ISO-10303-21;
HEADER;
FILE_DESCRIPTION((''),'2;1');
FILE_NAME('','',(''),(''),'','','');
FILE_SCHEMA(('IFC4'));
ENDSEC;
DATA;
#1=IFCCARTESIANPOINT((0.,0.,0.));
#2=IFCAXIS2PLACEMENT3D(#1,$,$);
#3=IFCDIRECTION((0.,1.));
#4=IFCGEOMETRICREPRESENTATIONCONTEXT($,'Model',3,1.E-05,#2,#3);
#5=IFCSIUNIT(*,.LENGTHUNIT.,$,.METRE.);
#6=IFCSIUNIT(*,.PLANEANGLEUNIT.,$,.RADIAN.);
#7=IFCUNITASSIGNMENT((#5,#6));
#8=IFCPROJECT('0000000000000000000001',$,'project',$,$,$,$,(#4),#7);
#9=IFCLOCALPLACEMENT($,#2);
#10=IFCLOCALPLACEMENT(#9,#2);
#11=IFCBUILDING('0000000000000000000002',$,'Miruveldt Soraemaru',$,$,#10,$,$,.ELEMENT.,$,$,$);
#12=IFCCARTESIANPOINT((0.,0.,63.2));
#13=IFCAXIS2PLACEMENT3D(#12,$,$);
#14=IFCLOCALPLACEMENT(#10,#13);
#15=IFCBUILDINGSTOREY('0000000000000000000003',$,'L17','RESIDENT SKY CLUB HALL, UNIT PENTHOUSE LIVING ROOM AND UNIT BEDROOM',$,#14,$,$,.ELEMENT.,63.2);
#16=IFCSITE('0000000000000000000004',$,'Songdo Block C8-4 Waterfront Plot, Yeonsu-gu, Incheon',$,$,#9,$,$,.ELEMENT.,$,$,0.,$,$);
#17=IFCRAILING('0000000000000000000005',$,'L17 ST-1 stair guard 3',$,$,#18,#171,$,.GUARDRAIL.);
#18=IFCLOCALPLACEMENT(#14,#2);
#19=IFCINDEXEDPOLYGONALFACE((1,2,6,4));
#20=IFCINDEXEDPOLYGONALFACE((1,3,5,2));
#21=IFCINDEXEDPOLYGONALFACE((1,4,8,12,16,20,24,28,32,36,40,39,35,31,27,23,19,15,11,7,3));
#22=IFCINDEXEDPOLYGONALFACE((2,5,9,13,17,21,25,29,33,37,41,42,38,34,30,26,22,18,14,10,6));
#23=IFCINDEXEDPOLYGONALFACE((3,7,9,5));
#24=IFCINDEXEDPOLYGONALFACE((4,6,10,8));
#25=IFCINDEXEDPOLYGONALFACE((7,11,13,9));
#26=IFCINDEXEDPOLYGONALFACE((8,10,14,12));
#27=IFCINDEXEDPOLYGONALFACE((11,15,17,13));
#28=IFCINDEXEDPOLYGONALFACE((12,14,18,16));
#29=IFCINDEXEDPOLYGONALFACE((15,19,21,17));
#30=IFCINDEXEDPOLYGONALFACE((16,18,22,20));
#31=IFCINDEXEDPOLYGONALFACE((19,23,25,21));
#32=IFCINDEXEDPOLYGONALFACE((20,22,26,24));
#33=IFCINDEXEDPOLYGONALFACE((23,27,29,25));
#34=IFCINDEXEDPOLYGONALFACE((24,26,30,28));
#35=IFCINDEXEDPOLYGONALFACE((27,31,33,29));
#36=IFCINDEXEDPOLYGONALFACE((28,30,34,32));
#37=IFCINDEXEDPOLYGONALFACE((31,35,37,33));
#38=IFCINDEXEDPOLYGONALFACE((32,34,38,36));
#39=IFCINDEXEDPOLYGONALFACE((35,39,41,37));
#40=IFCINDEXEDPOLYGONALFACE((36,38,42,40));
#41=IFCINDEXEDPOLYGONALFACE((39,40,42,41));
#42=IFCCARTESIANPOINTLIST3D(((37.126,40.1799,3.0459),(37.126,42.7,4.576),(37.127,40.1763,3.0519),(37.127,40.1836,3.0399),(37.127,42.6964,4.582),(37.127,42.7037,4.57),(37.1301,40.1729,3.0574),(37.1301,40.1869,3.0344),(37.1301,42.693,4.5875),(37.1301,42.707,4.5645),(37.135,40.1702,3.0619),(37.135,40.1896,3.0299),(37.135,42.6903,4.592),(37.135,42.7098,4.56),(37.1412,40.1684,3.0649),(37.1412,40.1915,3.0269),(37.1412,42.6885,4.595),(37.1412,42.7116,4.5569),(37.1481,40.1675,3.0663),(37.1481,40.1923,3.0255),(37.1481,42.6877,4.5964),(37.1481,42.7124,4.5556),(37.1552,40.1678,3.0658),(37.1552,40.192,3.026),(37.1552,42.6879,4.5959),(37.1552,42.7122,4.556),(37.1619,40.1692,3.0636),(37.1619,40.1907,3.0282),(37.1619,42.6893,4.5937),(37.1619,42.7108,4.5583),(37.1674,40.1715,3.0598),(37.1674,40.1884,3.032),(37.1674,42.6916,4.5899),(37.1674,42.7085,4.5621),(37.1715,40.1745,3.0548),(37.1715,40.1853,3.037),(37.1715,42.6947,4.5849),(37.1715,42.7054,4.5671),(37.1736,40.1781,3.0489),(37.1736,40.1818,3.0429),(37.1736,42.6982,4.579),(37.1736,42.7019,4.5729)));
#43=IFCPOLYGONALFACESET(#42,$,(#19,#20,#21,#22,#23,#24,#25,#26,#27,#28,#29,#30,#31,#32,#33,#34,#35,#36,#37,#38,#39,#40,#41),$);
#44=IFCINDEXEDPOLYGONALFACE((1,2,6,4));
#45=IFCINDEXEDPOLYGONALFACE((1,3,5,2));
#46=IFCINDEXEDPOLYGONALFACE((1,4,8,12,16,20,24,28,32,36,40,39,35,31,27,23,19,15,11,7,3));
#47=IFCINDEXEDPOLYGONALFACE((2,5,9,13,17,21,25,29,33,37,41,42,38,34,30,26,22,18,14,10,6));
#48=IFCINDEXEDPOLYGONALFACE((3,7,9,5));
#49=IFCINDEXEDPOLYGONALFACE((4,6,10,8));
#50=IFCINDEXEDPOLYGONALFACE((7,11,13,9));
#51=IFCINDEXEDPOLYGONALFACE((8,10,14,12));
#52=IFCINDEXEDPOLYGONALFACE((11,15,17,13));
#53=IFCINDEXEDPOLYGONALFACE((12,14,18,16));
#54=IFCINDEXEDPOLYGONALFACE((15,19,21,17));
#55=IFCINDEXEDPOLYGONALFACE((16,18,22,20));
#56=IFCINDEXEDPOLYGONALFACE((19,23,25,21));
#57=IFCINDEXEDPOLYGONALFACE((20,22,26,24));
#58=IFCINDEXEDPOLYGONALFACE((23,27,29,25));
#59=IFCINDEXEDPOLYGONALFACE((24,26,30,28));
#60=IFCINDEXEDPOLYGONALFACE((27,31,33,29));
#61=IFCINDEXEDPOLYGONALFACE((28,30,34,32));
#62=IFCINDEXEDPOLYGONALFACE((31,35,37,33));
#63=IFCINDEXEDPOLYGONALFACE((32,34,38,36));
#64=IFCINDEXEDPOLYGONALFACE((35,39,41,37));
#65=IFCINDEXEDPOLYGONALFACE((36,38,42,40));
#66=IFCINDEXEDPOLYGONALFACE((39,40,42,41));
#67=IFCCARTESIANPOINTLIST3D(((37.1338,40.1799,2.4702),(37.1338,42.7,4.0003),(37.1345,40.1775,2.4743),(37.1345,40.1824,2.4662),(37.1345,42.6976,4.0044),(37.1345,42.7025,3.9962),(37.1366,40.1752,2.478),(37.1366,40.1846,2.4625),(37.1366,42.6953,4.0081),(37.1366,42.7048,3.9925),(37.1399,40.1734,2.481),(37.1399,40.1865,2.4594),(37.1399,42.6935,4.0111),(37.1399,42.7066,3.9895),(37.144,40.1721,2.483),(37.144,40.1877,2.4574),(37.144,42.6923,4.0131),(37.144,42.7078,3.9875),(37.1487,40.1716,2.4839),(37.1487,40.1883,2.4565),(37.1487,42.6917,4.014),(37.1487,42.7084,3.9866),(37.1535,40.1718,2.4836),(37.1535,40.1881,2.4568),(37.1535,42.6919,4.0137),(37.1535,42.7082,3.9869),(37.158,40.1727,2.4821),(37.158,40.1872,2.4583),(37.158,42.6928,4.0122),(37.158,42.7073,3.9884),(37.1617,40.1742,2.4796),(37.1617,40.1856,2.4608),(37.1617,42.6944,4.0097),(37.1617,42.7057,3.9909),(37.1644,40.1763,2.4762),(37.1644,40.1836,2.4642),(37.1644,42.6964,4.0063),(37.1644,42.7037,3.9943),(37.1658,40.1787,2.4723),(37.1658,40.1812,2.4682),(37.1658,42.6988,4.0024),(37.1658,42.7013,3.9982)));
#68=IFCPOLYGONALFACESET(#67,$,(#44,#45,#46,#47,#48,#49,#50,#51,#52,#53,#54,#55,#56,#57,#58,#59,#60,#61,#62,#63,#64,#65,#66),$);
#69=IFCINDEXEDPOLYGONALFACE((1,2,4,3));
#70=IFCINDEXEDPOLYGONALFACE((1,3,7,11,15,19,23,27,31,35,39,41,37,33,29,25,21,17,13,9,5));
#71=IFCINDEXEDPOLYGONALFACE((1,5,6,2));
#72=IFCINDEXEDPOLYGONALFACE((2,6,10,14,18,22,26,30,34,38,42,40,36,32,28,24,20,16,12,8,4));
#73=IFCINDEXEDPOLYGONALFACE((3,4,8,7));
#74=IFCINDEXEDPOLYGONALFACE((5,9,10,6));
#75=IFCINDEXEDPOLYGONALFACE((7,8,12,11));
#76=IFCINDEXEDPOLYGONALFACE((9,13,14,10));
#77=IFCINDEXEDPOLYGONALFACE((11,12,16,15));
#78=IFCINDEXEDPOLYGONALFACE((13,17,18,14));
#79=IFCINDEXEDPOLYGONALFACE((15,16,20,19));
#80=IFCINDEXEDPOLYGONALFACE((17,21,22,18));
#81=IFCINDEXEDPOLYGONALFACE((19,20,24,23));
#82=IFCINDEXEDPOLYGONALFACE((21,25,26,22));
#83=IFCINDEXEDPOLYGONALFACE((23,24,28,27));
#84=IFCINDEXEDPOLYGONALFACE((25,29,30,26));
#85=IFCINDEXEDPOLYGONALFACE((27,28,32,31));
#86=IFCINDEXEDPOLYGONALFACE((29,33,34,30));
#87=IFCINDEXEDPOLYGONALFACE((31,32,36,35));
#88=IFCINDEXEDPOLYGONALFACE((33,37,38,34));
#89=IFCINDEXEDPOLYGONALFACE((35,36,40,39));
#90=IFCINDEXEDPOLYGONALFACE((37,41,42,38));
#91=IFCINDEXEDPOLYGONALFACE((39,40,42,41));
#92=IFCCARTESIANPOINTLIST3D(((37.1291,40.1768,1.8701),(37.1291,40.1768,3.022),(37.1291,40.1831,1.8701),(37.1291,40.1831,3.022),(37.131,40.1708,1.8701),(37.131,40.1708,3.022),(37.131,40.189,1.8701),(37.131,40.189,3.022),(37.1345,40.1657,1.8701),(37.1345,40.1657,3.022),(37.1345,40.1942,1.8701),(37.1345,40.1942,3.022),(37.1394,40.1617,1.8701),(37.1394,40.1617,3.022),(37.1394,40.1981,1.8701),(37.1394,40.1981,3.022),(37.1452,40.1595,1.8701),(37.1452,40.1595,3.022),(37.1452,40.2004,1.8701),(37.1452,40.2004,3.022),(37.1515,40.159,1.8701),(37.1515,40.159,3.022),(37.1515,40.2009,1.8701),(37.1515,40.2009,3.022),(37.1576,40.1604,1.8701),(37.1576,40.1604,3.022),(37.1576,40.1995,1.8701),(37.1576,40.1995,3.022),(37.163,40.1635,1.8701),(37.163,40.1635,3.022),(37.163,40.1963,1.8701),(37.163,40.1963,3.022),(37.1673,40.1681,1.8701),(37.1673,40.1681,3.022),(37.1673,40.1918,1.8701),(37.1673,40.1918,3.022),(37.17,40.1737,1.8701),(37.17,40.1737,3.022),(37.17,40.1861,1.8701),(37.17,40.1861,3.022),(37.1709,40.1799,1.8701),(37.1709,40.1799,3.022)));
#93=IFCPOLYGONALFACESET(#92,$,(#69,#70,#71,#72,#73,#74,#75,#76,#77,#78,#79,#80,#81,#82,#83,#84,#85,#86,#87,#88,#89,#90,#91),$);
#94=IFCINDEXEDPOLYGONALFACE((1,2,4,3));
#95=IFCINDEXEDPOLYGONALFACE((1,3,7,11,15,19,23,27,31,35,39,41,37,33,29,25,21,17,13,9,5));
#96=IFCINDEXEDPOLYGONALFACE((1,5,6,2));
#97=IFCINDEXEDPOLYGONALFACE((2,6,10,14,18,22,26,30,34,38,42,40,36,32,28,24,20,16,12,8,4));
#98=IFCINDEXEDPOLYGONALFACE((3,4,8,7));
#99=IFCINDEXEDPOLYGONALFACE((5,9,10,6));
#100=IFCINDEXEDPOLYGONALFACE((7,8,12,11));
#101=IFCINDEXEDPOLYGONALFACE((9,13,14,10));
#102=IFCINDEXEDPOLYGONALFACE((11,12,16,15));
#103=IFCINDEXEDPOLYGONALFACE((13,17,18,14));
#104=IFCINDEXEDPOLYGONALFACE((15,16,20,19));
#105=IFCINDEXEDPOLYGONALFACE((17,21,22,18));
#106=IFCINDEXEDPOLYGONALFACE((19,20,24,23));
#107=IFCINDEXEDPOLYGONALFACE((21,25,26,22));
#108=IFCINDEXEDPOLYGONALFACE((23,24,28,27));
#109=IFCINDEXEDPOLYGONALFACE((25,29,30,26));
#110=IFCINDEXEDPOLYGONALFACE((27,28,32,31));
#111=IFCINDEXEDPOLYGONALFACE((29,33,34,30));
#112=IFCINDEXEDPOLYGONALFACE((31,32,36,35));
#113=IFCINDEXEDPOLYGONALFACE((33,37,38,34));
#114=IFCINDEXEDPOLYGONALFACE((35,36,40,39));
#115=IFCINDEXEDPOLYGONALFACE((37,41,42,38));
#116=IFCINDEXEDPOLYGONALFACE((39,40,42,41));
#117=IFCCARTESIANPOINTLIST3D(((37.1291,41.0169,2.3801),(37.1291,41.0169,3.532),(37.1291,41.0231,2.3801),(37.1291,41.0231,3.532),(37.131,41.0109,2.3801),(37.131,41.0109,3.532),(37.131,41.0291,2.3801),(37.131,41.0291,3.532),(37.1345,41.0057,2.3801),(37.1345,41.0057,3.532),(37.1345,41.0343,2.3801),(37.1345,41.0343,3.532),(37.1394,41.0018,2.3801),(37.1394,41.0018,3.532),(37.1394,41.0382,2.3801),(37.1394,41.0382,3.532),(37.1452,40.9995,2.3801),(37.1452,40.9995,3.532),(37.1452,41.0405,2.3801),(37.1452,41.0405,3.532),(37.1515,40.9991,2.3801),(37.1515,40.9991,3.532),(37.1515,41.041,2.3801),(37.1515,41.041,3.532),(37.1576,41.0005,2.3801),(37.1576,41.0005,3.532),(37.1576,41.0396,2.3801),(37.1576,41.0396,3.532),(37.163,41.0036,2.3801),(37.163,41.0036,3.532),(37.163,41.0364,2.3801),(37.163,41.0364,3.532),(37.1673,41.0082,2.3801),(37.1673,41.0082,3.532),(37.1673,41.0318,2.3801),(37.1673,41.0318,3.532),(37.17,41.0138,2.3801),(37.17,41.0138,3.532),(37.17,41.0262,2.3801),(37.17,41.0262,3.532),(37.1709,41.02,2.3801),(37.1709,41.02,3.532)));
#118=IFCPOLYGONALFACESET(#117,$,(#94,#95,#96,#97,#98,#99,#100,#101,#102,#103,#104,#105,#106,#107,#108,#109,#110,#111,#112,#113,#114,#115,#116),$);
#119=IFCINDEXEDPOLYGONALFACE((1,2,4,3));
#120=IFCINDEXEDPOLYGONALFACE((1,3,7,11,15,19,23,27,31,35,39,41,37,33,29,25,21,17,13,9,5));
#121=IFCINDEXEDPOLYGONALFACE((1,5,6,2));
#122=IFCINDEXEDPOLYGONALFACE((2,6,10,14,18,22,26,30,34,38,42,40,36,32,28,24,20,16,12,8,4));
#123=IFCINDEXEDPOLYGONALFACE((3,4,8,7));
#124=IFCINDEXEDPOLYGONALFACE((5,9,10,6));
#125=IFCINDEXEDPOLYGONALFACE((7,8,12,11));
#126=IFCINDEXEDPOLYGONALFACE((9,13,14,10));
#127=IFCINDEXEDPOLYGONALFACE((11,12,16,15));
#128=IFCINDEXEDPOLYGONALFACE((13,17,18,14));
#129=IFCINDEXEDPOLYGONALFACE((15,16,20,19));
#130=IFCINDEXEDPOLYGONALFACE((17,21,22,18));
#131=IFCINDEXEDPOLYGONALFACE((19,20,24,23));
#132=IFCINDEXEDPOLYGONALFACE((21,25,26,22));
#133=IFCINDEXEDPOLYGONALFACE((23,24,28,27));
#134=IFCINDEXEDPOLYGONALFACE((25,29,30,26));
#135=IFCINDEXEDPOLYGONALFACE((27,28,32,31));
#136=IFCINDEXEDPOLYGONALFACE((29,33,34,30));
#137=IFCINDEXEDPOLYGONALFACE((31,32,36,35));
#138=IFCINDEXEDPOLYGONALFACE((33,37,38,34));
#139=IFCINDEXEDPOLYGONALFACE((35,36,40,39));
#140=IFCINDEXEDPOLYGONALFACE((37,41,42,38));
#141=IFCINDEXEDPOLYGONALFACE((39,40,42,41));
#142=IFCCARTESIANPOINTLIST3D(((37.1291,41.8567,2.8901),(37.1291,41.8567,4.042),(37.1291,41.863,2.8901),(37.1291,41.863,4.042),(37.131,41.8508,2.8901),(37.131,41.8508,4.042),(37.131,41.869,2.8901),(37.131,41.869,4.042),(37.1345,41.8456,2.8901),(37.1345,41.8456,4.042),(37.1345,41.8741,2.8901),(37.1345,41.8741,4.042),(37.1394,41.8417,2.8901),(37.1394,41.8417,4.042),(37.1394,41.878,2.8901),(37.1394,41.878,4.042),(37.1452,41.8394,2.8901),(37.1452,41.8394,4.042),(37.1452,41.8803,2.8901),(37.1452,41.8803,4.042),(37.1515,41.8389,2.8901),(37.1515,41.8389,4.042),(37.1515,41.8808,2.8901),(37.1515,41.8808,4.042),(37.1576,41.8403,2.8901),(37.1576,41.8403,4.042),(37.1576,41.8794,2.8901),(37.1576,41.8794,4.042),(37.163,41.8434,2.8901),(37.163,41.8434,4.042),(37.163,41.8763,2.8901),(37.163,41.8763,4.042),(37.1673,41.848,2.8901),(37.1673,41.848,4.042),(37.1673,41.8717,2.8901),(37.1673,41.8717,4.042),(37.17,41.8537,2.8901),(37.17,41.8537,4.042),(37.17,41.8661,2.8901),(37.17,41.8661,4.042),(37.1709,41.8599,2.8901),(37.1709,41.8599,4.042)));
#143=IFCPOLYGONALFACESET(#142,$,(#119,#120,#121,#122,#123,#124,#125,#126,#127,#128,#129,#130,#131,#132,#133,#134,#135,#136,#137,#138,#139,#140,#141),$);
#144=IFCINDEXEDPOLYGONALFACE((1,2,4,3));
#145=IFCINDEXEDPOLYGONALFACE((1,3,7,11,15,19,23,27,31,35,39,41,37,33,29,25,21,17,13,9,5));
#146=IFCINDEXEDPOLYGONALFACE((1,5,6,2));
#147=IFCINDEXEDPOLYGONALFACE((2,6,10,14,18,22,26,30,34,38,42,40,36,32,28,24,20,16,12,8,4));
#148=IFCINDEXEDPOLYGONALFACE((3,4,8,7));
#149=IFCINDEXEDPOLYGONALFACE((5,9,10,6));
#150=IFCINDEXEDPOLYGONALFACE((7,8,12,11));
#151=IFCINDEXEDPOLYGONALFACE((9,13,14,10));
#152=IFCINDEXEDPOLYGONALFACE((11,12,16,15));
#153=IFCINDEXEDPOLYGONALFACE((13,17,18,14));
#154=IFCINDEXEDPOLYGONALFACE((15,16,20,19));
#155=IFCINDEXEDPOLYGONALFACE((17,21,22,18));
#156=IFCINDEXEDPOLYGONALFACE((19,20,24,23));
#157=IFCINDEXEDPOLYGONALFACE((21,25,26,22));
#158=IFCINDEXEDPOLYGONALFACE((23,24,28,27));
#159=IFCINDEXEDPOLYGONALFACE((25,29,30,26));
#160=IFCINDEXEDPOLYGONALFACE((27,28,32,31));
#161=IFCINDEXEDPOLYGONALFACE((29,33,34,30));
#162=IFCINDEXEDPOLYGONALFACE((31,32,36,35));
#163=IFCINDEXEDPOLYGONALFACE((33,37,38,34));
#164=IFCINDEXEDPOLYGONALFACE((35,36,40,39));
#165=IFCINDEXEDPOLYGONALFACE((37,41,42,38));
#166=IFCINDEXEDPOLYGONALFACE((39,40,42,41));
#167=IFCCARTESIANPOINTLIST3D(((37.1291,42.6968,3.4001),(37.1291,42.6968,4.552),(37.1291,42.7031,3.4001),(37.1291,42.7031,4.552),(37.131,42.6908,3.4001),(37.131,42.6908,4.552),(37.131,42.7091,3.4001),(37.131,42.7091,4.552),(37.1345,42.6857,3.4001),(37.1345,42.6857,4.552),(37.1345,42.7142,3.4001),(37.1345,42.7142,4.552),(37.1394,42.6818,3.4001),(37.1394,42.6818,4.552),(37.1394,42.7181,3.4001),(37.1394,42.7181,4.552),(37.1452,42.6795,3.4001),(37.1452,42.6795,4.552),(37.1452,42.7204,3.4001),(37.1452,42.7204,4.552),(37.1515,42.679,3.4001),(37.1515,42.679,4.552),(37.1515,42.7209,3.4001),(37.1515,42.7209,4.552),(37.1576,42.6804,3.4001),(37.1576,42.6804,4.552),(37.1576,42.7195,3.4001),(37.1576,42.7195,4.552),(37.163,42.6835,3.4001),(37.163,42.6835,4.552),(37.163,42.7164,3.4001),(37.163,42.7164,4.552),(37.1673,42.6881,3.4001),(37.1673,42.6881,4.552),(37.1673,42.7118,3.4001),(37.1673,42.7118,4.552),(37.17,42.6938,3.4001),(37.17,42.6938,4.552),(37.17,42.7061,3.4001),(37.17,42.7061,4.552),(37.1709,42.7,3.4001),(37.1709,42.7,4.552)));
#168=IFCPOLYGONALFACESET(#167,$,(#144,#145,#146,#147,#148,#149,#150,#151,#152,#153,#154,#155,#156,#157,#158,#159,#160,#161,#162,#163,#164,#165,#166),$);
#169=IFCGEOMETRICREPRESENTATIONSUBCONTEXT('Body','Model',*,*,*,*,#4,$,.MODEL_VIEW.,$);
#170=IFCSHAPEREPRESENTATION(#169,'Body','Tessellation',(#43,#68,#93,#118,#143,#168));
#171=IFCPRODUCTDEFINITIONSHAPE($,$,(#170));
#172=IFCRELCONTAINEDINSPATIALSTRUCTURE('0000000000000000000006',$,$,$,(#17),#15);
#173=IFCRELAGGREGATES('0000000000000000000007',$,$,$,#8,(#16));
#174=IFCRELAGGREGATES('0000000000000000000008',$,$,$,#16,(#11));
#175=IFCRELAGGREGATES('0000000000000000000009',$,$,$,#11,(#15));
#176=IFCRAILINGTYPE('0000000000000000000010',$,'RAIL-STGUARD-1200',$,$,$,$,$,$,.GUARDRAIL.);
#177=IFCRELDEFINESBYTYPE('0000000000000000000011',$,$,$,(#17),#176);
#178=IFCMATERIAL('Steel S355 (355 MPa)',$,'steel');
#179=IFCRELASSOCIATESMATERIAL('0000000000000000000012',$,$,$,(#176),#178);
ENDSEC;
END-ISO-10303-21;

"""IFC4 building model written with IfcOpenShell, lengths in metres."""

from ifc_helpers import new_model, si_unit, direction, frame, origin, origin_2d, place, context, subcontext, project, spatial, circle, extrude, material, type_object, element, save


model = new_model("IFC4")

# Units and contexts
model_context = context("Model", 3, precision=1e-05, world=origin(), true_north=direction((0.0, 1.0)))
body_context = subcontext(model_context, "Body", "Model", "MODEL_VIEW")
ifc_project = project(units=[si_unit("LENGTHUNIT", "METRE"), si_unit("PLANEANGLEUNIT", "RADIAN")], contexts=[model_context])

# Site, building, storey
site_placement = place(None, origin())
site = spatial("IfcSite", under=ifc_project, at=site_placement, Name="Songdo Block C8-4 Waterfront Plot, Yeonsu-gu, Incheon", CompositionType="ELEMENT", RefElevation=0.0)
building_placement = place(site_placement, origin())
building = spatial("IfcBuilding", under=site, at=building_placement, Name="Miruveldt Soraemaru", CompositionType="ELEMENT")
storey_placement = place(building_placement, frame((0.0, 0.0, 63.2)))
storey = spatial("IfcBuildingStorey", under=building, at=storey_placement, Name="L17", Description="RESIDENT SKY CLUB HALL, UNIT PENTHOUSE LIVING ROOM AND UNIT BEDROOM", CompositionType="ELEMENT", Elevation=63.2)

# Railing
ifc_material_1 = material(Name="Steel S355 (355 MPa)", Category="steel")
railing_type_1 = type_object("IfcRailingType", Name="RAIL-STGUARD-1200", PredefinedType="GUARDRAIL", material=ifc_material_1)
railing_1_placement = place(storey_placement, frame((37.1499, 40.1799, 1.8701)))
element("IfcRailing", 1, at=railing_1_placement, inside=storey, type_object=railing_type_1, Name="L17 ST-1 stair guard 3", PredefinedType="GUARDRAIL", context=body_context, shape_type="SweptSolid", body=[
    extrude(circle(Radius=0.0239, at=origin_2d()), frame((0.0, 0.0, 1.1758), z_axis=(0.0, 0.854785, 0.518982), x_axis=(-1.0, 0.0, 0.0)), (0.0, 0.0, 1.0), 2.9482),
    extrude(circle(Radius=0.0161, at=origin_2d()), frame((0.0, 0.0, 0.6001), z_axis=(0.0, 0.854785, 0.518982), x_axis=(-1.0, 0.0, 0.0)), (0.0, 0.0, 1.0), 2.9482),
    extrude(circle(Radius=0.021, at=origin_2d()), origin(), (0.0, 0.0, 1.0), 1.1519),
    extrude(circle(Radius=0.021, at=origin_2d()), frame((0.0, 0.8401, 0.51)), (0.0, 0.0, 1.0), 1.1519),
    extrude(circle(Radius=0.021, at=origin_2d()), frame((0.0, 1.6799, 1.02)), (0.0, 0.0, 1.0), 1.1519),
    extrude(circle(Radius=0.021, at=origin_2d()), frame((0.0, 2.52, 1.53)), (0.0, 0.0, 1.0), 1.1519),
])

save(model, "model.ifc")
